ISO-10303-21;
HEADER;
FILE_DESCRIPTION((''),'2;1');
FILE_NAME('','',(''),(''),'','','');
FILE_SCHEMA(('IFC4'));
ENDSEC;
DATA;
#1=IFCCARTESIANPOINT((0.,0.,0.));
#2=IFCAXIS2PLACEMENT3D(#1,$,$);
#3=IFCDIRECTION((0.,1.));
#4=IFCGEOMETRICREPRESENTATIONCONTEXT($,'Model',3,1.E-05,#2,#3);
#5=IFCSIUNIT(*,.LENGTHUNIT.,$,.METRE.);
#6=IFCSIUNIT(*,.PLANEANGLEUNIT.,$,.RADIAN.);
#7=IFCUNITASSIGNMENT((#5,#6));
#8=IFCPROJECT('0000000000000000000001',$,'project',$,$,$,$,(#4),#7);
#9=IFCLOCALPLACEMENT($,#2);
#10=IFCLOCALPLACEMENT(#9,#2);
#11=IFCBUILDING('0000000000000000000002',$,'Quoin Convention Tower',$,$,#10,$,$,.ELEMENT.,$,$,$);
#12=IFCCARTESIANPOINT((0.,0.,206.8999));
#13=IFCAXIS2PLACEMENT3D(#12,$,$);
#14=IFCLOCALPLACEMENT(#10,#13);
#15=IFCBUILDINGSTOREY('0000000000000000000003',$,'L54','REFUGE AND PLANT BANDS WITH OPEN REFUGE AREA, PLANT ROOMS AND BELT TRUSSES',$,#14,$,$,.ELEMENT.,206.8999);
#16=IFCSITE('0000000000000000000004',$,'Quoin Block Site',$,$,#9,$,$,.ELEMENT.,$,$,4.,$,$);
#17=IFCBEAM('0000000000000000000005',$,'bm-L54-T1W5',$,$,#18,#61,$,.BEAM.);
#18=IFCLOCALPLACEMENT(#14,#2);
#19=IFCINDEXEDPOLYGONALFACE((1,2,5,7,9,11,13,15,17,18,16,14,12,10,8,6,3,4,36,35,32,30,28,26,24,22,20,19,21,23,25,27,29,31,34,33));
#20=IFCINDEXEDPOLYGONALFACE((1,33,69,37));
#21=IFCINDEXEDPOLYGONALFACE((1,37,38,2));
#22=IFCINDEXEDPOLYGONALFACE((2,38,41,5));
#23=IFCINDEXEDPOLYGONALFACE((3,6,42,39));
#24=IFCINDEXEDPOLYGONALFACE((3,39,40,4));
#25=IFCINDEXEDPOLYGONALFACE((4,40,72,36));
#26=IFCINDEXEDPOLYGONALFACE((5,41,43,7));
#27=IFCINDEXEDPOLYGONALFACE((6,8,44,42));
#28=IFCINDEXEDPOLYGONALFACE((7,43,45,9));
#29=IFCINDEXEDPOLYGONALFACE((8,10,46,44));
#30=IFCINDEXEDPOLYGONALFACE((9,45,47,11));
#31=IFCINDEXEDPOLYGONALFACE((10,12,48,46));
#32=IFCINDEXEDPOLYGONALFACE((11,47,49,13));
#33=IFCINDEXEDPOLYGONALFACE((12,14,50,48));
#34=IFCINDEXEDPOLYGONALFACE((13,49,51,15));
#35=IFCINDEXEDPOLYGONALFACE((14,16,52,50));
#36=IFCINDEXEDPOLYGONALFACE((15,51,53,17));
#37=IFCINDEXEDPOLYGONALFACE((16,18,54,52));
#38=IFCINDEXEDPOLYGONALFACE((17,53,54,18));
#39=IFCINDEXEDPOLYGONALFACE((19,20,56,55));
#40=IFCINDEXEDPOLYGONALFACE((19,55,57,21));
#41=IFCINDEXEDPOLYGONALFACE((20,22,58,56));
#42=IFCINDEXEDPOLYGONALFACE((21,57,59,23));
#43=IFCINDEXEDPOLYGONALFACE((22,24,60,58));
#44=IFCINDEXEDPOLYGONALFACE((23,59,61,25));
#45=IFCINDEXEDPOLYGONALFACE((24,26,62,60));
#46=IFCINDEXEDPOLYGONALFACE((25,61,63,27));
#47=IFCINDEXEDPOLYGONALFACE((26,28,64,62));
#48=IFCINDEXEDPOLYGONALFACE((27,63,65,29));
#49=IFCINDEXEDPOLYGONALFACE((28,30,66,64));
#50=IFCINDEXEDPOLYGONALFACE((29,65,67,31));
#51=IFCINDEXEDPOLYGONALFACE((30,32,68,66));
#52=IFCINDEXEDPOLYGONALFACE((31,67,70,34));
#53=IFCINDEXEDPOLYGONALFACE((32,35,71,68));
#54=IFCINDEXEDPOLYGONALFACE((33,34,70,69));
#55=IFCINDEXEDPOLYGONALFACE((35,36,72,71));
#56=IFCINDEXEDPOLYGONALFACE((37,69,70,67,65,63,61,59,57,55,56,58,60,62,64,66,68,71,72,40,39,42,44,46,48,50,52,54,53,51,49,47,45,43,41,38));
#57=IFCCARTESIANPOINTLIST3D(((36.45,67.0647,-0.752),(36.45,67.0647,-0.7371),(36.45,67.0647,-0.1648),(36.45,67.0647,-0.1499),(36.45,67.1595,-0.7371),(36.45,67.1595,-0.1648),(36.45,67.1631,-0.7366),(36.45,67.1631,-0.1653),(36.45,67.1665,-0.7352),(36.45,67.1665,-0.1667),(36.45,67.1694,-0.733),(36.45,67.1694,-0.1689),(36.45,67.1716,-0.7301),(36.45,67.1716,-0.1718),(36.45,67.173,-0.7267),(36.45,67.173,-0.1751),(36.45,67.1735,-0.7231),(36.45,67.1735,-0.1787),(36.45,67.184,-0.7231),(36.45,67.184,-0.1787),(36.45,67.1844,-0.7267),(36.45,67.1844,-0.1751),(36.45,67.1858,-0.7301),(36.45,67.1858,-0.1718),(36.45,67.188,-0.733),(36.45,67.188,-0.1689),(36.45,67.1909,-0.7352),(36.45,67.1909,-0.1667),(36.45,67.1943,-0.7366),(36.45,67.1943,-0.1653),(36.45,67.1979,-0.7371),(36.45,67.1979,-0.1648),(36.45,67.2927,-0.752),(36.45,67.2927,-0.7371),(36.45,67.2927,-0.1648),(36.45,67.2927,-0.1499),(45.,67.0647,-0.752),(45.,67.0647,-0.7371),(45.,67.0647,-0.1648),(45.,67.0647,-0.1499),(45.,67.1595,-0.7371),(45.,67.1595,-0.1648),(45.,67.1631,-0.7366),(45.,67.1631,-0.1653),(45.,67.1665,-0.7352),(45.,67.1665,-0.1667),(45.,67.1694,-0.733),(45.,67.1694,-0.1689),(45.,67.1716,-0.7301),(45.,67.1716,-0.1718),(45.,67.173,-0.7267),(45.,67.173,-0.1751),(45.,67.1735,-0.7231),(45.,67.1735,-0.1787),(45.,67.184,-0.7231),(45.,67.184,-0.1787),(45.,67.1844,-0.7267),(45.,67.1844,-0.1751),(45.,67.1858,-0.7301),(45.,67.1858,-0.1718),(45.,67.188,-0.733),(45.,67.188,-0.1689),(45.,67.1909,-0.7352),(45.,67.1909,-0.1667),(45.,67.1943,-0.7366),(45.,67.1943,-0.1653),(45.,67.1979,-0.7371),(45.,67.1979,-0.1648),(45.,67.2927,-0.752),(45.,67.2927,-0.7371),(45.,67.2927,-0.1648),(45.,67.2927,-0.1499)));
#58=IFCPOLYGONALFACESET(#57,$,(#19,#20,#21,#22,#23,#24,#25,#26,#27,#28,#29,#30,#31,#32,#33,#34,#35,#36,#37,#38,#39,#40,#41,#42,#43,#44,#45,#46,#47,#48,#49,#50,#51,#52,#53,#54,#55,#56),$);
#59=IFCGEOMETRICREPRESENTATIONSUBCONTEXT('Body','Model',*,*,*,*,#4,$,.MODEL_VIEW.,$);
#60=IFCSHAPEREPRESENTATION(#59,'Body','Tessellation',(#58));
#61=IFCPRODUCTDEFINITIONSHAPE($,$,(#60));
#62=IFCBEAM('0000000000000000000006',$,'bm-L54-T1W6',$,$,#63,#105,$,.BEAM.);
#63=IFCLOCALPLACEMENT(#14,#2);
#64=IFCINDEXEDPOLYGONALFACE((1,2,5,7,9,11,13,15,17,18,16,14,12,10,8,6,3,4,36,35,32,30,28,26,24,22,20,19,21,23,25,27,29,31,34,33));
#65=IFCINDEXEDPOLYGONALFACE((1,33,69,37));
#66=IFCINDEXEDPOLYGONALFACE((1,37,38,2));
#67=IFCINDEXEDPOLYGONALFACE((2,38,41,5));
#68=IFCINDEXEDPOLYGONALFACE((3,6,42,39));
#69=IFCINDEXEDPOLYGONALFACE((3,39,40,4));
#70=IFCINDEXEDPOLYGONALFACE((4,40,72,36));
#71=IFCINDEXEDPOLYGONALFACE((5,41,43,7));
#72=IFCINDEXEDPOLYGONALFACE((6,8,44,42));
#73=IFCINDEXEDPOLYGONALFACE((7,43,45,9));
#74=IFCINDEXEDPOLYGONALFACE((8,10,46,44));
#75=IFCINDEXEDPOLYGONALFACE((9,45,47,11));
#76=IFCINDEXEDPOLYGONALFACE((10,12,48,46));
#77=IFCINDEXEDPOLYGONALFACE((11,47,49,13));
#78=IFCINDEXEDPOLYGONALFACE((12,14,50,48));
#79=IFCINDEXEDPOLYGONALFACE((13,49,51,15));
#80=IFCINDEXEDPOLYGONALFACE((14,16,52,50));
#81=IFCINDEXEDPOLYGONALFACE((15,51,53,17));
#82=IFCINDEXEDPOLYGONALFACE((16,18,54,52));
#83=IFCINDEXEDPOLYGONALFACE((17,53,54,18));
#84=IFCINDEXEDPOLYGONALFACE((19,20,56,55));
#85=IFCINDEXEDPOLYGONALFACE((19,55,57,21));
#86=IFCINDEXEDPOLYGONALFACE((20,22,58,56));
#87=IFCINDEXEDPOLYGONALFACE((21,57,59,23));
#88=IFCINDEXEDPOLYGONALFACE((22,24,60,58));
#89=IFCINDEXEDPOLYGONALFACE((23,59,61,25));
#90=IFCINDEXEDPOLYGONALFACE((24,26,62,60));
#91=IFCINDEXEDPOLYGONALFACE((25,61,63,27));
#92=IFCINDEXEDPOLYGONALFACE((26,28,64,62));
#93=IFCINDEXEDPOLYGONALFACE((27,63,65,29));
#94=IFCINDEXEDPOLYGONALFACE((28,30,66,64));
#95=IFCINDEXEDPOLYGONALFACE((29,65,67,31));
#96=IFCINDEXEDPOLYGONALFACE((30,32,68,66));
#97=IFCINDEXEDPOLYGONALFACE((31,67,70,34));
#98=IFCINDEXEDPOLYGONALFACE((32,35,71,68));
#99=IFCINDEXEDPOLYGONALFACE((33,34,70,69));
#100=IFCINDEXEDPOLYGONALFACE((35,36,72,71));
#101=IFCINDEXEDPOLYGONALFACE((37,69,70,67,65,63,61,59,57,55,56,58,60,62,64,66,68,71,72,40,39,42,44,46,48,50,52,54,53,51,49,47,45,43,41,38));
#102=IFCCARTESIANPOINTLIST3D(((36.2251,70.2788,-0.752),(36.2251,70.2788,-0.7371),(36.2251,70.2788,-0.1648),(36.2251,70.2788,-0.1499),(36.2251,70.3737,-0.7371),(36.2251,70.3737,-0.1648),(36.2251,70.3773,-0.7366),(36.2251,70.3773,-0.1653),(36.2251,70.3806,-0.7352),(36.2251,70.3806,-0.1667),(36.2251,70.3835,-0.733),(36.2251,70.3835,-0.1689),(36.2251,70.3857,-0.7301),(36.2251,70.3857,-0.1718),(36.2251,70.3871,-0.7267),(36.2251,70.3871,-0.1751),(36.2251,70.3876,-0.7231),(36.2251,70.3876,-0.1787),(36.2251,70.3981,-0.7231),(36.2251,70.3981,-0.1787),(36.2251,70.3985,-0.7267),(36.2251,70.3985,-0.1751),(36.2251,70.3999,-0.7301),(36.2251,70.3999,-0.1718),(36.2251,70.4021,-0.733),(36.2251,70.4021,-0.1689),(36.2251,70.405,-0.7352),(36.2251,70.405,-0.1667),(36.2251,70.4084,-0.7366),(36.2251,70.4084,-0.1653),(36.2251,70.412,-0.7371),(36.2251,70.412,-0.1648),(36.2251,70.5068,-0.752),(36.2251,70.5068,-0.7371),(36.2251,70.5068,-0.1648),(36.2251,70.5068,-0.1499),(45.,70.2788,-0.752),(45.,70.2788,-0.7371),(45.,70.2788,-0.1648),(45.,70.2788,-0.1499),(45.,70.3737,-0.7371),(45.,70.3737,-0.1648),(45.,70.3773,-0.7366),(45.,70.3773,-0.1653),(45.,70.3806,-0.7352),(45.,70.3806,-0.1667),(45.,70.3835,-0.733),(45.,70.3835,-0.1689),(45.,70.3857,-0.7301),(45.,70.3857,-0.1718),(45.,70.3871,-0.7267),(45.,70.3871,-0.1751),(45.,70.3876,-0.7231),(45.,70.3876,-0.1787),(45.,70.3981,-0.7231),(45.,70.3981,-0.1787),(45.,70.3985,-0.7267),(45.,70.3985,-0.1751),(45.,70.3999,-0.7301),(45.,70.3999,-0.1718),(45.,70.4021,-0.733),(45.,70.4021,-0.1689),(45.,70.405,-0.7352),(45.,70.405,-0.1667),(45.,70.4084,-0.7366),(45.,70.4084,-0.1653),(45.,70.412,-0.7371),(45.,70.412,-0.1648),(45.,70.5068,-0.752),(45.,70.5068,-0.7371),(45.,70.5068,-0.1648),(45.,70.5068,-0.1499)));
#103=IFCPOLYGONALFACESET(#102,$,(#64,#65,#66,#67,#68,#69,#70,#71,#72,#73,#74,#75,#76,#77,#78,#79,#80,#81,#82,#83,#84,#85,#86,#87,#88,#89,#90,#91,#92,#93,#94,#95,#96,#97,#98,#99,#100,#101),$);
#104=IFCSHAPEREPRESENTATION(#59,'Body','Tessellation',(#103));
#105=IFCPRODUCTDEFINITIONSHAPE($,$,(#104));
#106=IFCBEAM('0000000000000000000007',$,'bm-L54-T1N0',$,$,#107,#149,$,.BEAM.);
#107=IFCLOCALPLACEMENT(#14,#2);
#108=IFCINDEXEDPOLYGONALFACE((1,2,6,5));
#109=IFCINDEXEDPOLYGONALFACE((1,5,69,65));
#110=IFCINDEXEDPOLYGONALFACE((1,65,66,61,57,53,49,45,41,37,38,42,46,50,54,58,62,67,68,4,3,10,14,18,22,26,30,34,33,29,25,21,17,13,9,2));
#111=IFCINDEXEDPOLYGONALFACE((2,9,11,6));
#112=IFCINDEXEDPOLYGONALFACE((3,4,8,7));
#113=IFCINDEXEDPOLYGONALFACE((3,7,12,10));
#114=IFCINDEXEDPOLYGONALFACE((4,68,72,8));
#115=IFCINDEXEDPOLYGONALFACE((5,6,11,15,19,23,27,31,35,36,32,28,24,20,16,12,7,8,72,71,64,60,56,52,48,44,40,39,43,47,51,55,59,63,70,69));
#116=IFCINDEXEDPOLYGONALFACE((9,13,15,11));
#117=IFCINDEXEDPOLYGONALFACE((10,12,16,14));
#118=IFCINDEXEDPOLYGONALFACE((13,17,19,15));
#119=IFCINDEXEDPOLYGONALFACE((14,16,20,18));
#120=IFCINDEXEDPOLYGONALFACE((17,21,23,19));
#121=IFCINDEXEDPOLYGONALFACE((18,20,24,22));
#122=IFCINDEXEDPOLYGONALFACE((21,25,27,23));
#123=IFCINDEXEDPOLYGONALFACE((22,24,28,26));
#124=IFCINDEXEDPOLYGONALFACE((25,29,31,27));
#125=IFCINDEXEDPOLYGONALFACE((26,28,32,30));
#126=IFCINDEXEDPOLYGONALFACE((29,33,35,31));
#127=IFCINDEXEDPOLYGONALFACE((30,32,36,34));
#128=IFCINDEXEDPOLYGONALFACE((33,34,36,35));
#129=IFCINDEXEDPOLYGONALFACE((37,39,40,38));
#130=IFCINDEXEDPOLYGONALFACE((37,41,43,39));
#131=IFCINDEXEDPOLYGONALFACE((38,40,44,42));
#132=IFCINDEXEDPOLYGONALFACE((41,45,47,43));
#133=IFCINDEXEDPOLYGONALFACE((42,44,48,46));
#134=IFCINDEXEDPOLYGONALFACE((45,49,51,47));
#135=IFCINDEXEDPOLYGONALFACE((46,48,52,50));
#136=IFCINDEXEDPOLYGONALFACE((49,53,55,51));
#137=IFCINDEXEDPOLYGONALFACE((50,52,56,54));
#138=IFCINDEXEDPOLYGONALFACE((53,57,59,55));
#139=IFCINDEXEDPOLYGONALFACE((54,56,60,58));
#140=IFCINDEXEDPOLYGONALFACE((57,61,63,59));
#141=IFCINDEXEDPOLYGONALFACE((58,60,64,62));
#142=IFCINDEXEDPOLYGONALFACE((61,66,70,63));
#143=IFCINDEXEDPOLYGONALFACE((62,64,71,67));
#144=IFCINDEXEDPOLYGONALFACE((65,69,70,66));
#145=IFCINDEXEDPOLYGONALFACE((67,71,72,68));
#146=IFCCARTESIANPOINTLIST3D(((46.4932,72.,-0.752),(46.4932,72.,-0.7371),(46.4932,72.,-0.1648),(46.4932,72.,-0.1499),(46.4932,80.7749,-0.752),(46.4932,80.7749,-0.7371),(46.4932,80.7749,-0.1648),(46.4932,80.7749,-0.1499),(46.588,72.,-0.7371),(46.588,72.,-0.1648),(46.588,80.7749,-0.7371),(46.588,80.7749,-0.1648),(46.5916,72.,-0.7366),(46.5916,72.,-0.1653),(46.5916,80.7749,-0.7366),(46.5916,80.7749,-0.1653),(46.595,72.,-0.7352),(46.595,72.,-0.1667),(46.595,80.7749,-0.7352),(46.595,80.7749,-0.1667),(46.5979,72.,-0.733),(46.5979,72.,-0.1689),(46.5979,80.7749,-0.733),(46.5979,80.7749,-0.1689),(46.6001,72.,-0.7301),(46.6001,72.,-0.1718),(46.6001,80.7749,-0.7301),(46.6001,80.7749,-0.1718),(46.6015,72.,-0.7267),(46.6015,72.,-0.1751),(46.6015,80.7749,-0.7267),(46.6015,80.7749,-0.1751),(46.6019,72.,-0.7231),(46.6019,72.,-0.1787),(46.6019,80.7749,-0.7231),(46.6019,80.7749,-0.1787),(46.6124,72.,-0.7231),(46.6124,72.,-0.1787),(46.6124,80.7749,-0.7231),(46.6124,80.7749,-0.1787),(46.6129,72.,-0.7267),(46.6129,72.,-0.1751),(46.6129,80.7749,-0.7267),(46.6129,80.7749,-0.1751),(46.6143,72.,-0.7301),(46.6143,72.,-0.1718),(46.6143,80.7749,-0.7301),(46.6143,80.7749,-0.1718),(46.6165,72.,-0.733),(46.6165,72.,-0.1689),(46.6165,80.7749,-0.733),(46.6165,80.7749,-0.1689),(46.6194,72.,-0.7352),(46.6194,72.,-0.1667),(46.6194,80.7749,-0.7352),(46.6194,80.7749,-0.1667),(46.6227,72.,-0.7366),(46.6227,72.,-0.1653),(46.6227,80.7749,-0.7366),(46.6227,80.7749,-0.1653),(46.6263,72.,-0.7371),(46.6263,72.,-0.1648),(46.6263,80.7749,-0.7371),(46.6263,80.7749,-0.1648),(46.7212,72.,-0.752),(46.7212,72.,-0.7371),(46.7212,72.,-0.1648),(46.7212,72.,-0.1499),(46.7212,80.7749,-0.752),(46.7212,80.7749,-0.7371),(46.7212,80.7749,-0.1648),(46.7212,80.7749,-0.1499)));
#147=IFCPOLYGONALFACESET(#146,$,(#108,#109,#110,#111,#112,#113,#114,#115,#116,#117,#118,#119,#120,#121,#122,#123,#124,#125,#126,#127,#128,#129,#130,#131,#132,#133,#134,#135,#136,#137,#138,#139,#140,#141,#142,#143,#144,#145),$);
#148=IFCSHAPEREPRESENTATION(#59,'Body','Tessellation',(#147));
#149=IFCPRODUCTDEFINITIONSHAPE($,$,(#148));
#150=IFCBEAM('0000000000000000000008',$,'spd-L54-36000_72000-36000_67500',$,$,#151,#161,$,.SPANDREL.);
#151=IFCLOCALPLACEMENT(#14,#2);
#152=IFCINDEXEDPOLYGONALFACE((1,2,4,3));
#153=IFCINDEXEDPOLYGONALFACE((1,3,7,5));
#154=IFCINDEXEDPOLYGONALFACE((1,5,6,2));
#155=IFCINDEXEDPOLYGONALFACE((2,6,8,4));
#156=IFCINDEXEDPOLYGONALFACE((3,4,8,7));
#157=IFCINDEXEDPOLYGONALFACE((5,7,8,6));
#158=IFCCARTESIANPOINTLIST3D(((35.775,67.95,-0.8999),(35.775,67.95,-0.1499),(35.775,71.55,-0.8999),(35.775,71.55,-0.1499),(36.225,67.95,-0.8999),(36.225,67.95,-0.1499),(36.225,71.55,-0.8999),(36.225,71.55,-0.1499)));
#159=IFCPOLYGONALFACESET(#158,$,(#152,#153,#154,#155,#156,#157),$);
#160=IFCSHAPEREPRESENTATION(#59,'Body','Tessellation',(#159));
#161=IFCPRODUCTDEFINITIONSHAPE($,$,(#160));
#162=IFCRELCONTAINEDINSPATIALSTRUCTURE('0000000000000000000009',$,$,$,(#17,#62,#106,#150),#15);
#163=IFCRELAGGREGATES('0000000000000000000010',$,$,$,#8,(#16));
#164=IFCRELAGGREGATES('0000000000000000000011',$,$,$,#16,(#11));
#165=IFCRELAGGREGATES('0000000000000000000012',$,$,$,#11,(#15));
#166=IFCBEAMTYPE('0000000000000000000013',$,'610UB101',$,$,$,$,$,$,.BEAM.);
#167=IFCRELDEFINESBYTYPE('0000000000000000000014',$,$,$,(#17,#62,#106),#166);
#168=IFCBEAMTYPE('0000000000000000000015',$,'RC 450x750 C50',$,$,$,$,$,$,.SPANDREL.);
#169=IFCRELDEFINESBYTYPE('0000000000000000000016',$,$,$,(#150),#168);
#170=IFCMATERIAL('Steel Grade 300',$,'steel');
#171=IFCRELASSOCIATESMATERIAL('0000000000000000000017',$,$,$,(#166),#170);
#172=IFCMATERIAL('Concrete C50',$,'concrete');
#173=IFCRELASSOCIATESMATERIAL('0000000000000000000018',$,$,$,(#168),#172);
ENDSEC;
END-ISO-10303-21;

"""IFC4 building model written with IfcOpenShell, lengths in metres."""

from ifc_helpers import new_model, si_unit, direction, frame, origin, origin_2d, place, context, subcontext, project, spatial, rectangle, i_section, extrude, material, material_profile, profile_set, type_object, element, save


model = new_model("IFC4")

# Units and contexts
model_context = context("Model", 3, precision=1e-05, world=origin(), true_north=direction((0.0, 1.0)))
body_context = subcontext(model_context, "Body", "Model", "MODEL_VIEW")
ifc_project = project(units=[si_unit("LENGTHUNIT", "METRE"), si_unit("PLANEANGLEUNIT", "RADIAN")], contexts=[model_context])

# Site, building, storey
site_placement = place(None, origin())
site = spatial("IfcSite", under=ifc_project, at=site_placement, Name="Quoin Block Site", CompositionType="ELEMENT", RefElevation=4.0)
building_placement = place(site_placement, origin())
building = spatial("IfcBuilding", under=site, at=building_placement, Name="Quoin Convention Tower", CompositionType="ELEMENT")
storey_placement = place(building_placement, frame((0.0, 0.0, 206.8999)))
storey = spatial("IfcBuildingStorey", under=building, at=storey_placement, Name="L54", Description="REFUGE AND PLANT BANDS WITH OPEN REFUGE AREA, PLANT ROOMS AND BELT TRUSSES", CompositionType="ELEMENT", Elevation=206.8999)

# Shared definitions
ifc_material_1 = material(Name="Concrete C50", Category="concrete")

# Shared definitions
ifc_material_2 = material(Name="Steel Grade 300", Category="steel")

# Beams
ifc_material_profile_1 = material_profile(ifc_material_2, i_section(OverallWidth=0.228, OverallDepth=0.6021, WebThickness=0.0105, FlangeThickness=0.0149, FilletRadius=0.0139, at=origin_2d()), Name="610UB101")
ifc_profile_set_1 = profile_set([ifc_material_profile_1], Name="Steel Grade 300")
beam_type_1 = type_object("IfcBeamType", Name="610UB101", PredefinedType="BEAM", material=ifc_profile_set_1)
beam_1_placement = place(storey_placement, frame((36.45, 67.1787, -0.4509), z_axis=(1.0, 0.0, 0.0), x_axis=(0.0, 1.0, 0.0)))
element("IfcBeam", 1, at=beam_1_placement, inside=storey, type_object=beam_type_1, Name="bm-L54-T1W5", PredefinedType="BEAM", context=body_context, shape_type="SweptSolid", body=[
    extrude(i_section(OverallWidth=0.228, OverallDepth=0.6021, WebThickness=0.0105, FlangeThickness=0.0149, FilletRadius=0.0139, at=origin_2d()), origin(), (0.0, 0.0, 1.0), 8.55),
])
for number, where, z_axis, x_axis, name in (
    (2, (36.2251, 70.3928, -0.4509), (1.0, 0.0, 0.0), (0.0, 1.0, 0.0), "bm-L54-T1W6"),
    (3, (46.6072, 72.0, -0.4509), (0.0, 1.0, 0.0), (-1.0, 0.0, 0.0), "bm-L54-T1N0"),
):
    element("IfcBeam", number, at=place(storey_placement, frame(where, z_axis=z_axis, x_axis=x_axis)), inside=storey, type_object=beam_type_1, Name=name, PredefinedType="BEAM", context=body_context, shape_type="SweptSolid", body=[
        extrude(i_section(OverallWidth=0.228, OverallDepth=0.6021, WebThickness=0.0105, FlangeThickness=0.0149, FilletRadius=0.0139, at=origin_2d()), origin(), (0.0, 0.0, 1.0), 8.7749),
    ])
ifc_material_profile_2 = material_profile(ifc_material_1, rectangle(XDim=0.45, YDim=0.75, at=origin_2d()), Name="RC 450x750")
ifc_profile_set_2 = profile_set([ifc_material_profile_2], Name="Concrete C50")
beam_type_2 = type_object("IfcBeamType", Name="RC 450x750 C50", PredefinedType="SPANDREL", material=ifc_profile_set_2)
beam_2_placement = place(storey_placement, frame((36.0, 71.55, -0.5249), z_axis=(0.0, -1.0, 0.0), x_axis=(1.0, 0.0, 0.0)))
element("IfcBeam", 4, at=beam_2_placement, inside=storey, type_object=beam_type_2, Name="spd-L54-36000_72000-36000_67500", PredefinedType="SPANDREL", context=body_context, shape_type="SweptSolid", body=[
    extrude(rectangle(XDim=0.45, YDim=0.75, at=origin_2d()), origin(), (0.0, 0.0, 1.0), 3.6001),
])

save(model, "model.ifc")
